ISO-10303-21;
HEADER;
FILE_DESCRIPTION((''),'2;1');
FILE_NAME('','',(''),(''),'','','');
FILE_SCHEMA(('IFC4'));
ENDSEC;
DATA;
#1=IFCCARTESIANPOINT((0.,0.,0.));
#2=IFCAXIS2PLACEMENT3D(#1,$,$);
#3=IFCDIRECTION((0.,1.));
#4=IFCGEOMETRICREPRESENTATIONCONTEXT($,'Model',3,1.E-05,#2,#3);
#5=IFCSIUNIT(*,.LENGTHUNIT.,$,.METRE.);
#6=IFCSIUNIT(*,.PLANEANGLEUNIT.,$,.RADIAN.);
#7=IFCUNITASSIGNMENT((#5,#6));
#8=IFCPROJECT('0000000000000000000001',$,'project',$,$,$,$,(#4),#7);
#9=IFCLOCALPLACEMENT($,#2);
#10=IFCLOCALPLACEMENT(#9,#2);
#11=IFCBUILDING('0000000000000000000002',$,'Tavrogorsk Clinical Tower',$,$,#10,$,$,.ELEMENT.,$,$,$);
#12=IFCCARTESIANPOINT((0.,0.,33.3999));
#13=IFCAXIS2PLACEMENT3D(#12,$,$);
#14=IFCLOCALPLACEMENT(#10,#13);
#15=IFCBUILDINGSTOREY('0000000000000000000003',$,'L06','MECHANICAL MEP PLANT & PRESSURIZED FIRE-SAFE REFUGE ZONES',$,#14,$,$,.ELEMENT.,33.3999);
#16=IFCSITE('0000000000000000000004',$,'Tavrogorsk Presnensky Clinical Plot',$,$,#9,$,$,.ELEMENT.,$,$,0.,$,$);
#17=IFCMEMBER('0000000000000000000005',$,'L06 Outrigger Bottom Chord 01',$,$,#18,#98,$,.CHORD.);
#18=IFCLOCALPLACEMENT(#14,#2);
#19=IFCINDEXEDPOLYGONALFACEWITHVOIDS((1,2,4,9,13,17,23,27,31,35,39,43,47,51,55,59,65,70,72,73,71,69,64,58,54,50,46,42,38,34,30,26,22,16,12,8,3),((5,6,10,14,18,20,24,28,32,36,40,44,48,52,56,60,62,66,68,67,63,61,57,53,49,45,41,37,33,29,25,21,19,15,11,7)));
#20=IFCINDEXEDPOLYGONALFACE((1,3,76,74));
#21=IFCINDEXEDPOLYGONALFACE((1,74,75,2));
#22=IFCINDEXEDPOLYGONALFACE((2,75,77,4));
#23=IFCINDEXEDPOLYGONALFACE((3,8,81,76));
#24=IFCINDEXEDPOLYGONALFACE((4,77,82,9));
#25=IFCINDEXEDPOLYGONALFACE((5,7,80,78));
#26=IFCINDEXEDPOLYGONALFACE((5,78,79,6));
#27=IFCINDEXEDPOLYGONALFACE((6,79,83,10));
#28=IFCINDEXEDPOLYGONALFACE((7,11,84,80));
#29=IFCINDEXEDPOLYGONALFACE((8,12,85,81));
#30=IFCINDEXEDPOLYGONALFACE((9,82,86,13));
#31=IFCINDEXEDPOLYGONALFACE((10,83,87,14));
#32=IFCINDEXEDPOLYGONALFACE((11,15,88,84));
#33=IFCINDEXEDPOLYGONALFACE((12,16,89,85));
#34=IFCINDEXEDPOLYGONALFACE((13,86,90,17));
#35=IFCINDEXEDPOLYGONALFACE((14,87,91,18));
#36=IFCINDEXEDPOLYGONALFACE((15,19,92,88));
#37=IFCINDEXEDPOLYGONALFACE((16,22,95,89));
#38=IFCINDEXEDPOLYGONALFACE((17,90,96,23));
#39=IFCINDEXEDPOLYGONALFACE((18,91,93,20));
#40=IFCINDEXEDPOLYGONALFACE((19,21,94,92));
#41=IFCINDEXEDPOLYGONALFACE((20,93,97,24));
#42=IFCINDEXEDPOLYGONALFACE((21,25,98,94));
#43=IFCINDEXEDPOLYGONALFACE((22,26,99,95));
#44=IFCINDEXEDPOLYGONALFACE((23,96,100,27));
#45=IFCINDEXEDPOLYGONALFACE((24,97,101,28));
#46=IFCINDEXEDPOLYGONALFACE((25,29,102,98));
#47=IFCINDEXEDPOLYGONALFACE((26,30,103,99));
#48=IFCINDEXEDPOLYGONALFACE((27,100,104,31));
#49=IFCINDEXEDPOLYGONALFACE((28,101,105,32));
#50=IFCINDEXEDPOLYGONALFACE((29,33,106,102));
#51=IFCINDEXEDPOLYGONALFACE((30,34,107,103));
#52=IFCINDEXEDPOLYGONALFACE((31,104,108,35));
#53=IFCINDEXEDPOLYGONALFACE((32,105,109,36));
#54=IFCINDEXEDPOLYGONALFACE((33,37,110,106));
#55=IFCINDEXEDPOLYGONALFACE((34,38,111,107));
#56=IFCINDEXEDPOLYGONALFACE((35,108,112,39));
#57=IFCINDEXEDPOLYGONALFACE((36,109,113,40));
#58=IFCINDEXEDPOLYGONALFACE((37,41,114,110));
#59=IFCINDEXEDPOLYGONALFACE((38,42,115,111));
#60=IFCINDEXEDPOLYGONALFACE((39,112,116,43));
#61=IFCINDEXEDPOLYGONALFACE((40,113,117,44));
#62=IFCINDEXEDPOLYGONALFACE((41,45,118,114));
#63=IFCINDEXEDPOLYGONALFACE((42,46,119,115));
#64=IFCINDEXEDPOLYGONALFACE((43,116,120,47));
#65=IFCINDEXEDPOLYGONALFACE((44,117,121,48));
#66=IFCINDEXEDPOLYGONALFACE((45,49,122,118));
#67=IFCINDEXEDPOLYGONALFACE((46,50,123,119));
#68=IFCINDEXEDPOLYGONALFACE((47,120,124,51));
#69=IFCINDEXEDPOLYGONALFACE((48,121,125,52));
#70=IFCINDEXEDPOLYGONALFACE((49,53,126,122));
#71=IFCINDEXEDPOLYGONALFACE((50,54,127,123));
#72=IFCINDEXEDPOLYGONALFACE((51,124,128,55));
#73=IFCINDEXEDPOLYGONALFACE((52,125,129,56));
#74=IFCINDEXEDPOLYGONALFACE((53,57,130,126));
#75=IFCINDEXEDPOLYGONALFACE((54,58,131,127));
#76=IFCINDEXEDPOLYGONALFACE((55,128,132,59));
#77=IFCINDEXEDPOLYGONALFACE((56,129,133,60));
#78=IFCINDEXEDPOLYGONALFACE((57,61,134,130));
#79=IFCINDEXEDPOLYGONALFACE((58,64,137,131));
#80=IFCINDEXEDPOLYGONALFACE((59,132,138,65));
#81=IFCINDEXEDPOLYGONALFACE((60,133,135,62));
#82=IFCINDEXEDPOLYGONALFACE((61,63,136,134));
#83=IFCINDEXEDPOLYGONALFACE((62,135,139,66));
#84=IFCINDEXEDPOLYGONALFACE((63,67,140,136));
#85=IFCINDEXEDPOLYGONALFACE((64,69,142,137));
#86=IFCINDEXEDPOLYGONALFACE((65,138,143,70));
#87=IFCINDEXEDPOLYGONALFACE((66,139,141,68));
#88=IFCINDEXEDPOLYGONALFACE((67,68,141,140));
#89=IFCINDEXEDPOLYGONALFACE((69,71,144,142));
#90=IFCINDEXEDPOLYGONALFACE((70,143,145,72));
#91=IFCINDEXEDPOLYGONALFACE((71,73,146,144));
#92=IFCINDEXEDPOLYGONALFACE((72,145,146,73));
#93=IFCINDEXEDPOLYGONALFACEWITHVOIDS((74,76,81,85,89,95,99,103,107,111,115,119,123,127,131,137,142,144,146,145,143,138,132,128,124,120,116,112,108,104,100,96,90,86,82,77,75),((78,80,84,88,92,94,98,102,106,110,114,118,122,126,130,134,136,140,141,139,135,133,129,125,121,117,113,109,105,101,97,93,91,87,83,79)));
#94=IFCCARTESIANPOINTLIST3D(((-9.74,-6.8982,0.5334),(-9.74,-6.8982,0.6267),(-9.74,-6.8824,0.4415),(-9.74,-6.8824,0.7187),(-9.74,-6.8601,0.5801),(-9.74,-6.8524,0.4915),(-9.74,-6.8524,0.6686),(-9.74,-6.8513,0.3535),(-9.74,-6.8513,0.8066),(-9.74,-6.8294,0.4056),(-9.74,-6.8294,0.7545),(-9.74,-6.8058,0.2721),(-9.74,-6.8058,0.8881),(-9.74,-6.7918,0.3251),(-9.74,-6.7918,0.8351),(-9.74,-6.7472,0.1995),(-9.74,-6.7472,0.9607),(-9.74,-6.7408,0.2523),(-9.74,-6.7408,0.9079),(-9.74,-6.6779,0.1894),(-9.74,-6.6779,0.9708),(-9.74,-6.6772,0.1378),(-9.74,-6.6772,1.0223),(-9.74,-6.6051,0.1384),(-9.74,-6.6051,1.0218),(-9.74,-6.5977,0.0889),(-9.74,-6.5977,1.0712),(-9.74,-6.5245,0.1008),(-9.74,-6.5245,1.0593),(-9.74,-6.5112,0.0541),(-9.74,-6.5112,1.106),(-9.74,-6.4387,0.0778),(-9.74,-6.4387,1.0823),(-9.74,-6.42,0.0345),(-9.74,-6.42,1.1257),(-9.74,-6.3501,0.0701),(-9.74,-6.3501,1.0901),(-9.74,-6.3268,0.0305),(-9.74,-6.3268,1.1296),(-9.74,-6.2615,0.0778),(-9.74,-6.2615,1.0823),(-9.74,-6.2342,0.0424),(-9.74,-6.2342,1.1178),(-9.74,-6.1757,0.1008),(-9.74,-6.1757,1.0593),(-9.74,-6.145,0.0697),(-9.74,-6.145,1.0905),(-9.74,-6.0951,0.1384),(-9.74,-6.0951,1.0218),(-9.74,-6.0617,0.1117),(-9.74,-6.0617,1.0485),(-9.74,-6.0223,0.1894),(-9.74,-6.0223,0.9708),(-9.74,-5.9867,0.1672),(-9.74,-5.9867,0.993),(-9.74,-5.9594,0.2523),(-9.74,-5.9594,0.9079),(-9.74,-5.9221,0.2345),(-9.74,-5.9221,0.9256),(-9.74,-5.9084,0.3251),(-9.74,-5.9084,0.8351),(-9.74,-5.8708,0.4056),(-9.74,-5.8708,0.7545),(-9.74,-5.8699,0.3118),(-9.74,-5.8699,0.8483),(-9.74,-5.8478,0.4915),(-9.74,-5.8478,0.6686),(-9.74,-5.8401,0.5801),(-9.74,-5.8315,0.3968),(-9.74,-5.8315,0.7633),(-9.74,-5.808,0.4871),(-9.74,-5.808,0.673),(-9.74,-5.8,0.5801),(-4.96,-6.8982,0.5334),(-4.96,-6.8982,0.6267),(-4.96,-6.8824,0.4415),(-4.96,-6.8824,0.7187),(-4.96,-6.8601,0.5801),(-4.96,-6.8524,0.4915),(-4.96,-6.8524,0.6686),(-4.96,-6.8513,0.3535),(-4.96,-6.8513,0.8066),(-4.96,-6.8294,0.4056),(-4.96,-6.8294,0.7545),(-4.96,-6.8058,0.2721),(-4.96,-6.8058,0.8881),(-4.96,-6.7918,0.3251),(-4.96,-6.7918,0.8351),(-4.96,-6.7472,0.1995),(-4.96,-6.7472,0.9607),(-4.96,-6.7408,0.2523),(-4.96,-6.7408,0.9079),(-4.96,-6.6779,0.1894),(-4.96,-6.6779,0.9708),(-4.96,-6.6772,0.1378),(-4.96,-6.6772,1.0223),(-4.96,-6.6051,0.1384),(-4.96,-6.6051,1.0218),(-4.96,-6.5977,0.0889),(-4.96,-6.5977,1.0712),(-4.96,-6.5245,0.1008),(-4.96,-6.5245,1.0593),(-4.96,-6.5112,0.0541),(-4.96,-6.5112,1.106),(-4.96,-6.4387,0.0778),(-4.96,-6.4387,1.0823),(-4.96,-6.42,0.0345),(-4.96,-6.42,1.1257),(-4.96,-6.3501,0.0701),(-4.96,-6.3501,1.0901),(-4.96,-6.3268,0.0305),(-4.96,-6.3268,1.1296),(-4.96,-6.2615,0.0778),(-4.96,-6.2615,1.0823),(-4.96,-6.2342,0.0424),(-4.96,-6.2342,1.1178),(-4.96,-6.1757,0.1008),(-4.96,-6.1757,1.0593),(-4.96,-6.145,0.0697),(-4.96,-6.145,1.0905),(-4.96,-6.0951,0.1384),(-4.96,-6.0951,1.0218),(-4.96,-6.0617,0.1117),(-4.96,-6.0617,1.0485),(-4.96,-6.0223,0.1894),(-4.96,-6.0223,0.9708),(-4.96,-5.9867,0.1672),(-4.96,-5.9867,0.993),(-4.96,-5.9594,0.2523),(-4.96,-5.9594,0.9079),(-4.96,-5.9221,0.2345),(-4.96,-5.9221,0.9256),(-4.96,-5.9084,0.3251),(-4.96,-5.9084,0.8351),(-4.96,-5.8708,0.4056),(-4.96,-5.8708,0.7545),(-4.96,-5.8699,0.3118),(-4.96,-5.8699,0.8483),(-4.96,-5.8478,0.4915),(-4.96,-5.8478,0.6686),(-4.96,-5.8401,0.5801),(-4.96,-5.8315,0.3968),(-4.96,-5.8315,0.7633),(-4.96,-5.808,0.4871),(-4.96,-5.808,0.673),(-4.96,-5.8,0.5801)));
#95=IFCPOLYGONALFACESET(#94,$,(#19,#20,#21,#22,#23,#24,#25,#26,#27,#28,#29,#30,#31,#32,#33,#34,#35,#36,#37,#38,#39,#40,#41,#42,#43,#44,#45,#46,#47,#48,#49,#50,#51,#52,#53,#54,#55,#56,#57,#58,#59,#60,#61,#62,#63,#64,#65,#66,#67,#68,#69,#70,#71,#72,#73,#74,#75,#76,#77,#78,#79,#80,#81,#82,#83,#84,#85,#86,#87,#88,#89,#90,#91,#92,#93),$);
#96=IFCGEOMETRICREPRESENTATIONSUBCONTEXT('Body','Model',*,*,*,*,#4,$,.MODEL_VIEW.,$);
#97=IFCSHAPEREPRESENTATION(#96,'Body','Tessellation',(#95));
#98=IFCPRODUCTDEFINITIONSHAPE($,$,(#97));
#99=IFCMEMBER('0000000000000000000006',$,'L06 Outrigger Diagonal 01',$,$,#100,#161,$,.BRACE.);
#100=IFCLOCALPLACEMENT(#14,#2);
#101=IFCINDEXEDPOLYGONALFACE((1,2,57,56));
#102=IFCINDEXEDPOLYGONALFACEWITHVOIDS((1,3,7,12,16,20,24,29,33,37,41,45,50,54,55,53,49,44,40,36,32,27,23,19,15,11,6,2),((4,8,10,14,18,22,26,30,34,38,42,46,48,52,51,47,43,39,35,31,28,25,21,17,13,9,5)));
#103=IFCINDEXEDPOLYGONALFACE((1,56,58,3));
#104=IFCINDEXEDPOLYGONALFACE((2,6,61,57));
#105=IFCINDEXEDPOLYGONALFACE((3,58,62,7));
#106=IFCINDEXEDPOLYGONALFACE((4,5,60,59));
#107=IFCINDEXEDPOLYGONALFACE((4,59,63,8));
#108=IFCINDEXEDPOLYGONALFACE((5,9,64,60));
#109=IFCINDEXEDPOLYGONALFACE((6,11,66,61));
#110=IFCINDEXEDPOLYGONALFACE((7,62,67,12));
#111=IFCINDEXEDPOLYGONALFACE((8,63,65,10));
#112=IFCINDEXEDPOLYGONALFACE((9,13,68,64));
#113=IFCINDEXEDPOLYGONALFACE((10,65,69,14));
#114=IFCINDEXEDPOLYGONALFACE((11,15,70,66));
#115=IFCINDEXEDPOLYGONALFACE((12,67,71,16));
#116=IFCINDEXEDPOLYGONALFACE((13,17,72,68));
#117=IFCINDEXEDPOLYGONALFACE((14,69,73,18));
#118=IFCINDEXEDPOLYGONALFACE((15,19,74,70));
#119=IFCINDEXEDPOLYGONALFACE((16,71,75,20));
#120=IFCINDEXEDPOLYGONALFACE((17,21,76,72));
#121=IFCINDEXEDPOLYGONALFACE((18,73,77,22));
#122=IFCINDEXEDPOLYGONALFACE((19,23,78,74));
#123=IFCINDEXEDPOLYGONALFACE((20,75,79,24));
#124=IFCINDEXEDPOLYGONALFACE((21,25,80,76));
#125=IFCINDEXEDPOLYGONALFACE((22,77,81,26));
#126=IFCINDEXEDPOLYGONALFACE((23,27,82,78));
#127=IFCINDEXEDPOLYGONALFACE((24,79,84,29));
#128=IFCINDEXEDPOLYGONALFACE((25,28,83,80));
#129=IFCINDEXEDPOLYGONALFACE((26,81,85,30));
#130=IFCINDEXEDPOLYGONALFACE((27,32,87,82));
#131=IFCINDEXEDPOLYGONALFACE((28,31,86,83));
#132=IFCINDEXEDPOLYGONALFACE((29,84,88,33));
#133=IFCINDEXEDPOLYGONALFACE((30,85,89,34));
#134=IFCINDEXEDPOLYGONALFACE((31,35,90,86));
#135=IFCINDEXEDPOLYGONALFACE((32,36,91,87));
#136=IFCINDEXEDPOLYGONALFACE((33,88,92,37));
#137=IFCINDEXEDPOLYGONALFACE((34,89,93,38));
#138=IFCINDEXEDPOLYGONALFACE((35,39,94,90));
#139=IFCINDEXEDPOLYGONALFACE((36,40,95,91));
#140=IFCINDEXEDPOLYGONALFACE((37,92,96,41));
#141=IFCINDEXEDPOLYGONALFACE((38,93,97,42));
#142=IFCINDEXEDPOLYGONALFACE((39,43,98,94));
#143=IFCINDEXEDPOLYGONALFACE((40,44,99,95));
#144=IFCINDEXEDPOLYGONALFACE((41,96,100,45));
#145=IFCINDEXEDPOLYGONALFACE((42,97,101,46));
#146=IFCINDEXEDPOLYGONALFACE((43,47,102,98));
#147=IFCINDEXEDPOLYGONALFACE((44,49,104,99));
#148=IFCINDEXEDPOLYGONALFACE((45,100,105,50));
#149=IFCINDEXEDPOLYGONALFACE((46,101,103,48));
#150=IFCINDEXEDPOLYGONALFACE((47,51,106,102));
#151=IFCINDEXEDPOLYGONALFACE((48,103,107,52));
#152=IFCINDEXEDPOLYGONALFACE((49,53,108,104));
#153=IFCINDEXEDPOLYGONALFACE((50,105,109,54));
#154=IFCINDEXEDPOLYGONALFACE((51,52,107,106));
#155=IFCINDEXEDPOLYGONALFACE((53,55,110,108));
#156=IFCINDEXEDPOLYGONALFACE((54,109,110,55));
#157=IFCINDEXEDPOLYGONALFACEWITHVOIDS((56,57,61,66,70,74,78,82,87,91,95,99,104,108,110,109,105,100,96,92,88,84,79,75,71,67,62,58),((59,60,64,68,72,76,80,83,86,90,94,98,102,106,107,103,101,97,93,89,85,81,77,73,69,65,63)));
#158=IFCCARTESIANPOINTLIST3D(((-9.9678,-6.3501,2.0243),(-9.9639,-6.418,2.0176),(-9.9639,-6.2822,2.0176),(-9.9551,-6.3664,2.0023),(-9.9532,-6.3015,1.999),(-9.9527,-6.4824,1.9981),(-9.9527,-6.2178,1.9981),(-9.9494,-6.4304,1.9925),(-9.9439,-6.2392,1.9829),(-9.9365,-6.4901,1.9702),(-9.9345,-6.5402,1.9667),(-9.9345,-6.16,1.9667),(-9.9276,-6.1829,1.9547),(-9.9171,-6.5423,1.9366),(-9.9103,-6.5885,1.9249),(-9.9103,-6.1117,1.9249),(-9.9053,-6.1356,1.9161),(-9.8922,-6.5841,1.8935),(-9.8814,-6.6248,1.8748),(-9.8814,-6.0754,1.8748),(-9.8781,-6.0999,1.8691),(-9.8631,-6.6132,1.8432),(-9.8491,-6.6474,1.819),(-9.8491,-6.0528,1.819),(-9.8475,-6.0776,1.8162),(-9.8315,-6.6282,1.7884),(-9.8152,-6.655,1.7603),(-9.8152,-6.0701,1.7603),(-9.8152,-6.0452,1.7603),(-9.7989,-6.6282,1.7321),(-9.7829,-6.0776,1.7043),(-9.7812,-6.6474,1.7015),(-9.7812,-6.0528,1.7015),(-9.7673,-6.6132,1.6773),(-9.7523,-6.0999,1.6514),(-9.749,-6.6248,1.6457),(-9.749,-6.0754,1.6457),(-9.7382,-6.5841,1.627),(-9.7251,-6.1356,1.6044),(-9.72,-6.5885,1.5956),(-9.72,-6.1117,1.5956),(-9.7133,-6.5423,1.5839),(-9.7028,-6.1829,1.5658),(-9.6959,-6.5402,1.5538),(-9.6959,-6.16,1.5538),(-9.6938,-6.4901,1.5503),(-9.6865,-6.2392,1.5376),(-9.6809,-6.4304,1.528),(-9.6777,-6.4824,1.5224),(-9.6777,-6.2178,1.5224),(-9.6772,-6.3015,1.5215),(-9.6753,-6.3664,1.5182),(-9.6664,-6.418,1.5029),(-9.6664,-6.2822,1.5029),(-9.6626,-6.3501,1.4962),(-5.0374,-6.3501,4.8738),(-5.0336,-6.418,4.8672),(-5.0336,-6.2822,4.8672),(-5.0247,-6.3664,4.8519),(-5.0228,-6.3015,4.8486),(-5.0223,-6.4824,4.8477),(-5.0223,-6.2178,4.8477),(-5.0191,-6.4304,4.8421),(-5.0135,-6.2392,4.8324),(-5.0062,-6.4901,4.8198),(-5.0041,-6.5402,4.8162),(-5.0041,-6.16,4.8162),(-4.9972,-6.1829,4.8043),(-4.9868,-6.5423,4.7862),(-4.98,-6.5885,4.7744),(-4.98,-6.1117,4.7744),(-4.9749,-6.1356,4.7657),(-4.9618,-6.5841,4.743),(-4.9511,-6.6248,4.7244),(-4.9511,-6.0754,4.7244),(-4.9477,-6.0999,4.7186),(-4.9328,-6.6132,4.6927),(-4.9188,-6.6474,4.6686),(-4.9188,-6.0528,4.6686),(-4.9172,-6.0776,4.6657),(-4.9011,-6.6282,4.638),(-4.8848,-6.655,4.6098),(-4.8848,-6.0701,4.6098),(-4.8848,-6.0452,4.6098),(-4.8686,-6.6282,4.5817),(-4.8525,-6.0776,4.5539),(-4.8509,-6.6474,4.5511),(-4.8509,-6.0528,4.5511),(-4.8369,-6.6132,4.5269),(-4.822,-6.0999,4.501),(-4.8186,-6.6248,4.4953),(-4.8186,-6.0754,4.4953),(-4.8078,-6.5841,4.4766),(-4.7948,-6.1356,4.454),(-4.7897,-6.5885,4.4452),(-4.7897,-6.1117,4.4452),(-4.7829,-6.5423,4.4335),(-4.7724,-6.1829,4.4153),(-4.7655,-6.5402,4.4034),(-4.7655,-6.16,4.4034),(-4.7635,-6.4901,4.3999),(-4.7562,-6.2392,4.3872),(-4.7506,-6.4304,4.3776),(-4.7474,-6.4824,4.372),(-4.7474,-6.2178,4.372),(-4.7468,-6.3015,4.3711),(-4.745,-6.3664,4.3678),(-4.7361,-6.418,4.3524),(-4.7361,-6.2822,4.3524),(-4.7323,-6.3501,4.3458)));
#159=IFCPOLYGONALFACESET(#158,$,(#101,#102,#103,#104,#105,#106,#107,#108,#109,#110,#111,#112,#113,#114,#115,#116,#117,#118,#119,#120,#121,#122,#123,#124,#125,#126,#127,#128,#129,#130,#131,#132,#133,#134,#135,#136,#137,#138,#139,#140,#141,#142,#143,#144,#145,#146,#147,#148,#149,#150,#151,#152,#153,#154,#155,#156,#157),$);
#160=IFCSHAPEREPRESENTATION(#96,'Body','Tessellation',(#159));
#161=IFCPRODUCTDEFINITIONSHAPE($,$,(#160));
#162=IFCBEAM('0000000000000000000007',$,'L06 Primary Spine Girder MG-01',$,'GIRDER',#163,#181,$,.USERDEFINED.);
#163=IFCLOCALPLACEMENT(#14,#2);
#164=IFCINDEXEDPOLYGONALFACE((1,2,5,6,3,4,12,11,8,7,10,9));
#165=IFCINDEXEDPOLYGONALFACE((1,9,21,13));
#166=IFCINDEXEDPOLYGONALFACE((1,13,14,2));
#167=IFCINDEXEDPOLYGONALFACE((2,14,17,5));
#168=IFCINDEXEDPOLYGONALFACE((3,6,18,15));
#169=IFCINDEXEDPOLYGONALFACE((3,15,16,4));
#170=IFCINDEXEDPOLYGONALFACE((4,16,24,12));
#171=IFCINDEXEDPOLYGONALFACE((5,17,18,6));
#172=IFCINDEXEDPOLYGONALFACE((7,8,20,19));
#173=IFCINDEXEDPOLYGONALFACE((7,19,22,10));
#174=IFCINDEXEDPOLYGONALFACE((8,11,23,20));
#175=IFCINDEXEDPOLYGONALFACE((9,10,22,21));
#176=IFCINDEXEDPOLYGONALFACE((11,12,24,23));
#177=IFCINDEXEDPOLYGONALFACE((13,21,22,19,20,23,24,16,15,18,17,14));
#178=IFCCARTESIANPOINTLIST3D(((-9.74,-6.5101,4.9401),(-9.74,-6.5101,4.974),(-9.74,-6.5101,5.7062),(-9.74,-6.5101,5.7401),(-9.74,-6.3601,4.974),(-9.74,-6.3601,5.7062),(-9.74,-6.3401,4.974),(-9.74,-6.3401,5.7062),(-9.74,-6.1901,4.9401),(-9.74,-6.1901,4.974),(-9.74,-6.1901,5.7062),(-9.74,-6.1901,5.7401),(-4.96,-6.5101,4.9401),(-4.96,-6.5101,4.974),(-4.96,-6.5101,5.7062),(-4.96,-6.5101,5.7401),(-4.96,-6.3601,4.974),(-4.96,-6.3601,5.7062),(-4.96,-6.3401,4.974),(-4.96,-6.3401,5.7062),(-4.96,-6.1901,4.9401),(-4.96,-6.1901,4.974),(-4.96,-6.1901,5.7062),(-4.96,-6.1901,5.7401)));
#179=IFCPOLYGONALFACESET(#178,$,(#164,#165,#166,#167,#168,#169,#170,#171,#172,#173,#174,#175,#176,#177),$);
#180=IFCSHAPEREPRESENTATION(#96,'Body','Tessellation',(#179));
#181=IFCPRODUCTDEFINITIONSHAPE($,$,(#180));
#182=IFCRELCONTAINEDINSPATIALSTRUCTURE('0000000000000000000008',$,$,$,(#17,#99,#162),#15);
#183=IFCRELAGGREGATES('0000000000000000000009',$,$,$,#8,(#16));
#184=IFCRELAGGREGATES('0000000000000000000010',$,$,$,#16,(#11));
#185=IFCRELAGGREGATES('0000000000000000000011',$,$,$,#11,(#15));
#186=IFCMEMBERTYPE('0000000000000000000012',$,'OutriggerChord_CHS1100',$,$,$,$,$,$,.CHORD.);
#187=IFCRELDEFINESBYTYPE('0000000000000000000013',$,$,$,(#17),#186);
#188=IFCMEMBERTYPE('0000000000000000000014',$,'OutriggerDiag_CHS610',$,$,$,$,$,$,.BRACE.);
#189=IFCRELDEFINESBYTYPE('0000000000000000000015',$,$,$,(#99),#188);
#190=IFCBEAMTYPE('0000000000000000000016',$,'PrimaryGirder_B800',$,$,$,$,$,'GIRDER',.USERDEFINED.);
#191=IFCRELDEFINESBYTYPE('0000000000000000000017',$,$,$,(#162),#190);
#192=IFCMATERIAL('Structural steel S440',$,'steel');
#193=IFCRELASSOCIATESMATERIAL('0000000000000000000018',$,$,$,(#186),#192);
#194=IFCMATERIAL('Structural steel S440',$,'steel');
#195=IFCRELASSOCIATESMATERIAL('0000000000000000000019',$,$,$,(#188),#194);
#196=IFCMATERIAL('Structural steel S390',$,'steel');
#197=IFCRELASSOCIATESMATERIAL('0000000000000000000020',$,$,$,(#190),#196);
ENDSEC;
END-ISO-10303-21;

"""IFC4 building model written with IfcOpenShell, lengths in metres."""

from ifc_helpers import new_model, si_unit, direction, frame, origin, origin_2d, place, context, subcontext, project, spatial, hollow_circle, i_section, extrude, material, material_profile, profile_set, type_object, element, save


model = new_model("IFC4")

# Units and contexts
model_context = context("Model", 3, precision=1e-05, world=origin(), true_north=direction((0.0, 1.0)))
body_context = subcontext(model_context, "Body", "Model", "MODEL_VIEW")
ifc_project = project(units=[si_unit("LENGTHUNIT", "METRE"), si_unit("PLANEANGLEUNIT", "RADIAN")], contexts=[model_context])

# Site, building, storey
site_placement = place(None, origin())
site = spatial("IfcSite", under=ifc_project, at=site_placement, Name="Tavrogorsk Presnensky Clinical Plot", CompositionType="ELEMENT", RefElevation=0.0)
building_placement = place(site_placement, origin())
building = spatial("IfcBuilding", under=site, at=building_placement, Name="Tavrogorsk Clinical Tower", CompositionType="ELEMENT")
storey_placement = place(building_placement, frame((0.0, 0.0, 33.3999)))
storey = spatial("IfcBuildingStorey", under=building, at=storey_placement, Name="L06", Description="MECHANICAL MEP PLANT & PRESSURIZED FIRE-SAFE REFUGE ZONES", CompositionType="ELEMENT", Elevation=33.3999)

# Members
ifc_material_1 = material(Name="Structural steel S440", Category="steel")
ifc_material_profile_1 = material_profile(ifc_material_1, hollow_circle(Radius=0.55, WallThickness=0.04, at=origin_2d()), Name="CHS-1100x40")
ifc_profile_set_1 = profile_set([ifc_material_profile_1], Name="Structural steel S440")
member_type_1 = type_object("IfcMemberType", Name="OutriggerChord_CHS1100", PredefinedType="CHORD", material=ifc_profile_set_1)
member_1_placement = place(storey_placement, frame((-9.74, -6.3501, 0.5801), z_axis=(1.0, 0.0, 0.0), x_axis=(0.0, 1.0, 0.0)))
element("IfcMember", 1, at=member_1_placement, inside=storey, type_object=member_type_1, Name="L06 Outrigger Bottom Chord 01", PredefinedType="CHORD", context=body_context, shape_type="SweptSolid", body=[
    extrude(hollow_circle(Radius=0.55, WallThickness=0.04, at=origin_2d()), origin(), (0.0, 0.0, 1.0), 4.78),
])
ifc_material_2 = material(Name="Structural steel S440", Category="steel")
ifc_material_profile_2 = material_profile(ifc_material_2, hollow_circle(Radius=0.3049, WallThickness=0.0249, at=origin_2d()), Name="CHS-610x25")
ifc_profile_set_2 = profile_set([ifc_material_profile_2], Name="Structural steel S440")
member_type_2 = type_object("IfcMemberType", Name="OutriggerDiag_CHS610", PredefinedType="BRACE", material=ifc_profile_set_2)
member_2_placement = place(storey_placement, frame((-9.8152, -6.3501, 1.7603), z_axis=(0.865795, 0.0, 0.500399), x_axis=(0.0, 1.0, 0.0)))
element("IfcMember", 2, at=member_2_placement, inside=storey, type_object=member_type_2, Name="L06 Outrigger Diagonal 01", PredefinedType="BRACE", context=body_context, shape_type="SweptSolid", body=[
    extrude(hollow_circle(Radius=0.3049, WallThickness=0.0249, at=origin_2d()), origin(), (0.0, 0.0, 1.0), 5.6946),
])

# Beam
ifc_material_3 = material(Name="Structural steel S390", Category="steel")
ifc_material_profile_3 = material_profile(ifc_material_3, i_section(OverallWidth=0.3201, OverallDepth=0.8, WebThickness=0.02, FlangeThickness=0.0339, at=origin_2d()), Name="B-800x320x20x34")
ifc_profile_set_3 = profile_set([ifc_material_profile_3], Name="Structural steel S390")
beam_type_1 = type_object("IfcBeamType", Name="PrimaryGirder_B800", ElementType="GIRDER", PredefinedType="USERDEFINED", material=ifc_profile_set_3)
beam_1_placement = place(storey_placement, frame((-9.74, -6.3501, 5.3401), z_axis=(1.0, 0.0, 0.0), x_axis=(0.0, 1.0, 0.0)))
element("IfcBeam", 3, at=beam_1_placement, inside=storey, type_object=beam_type_1, Name="L06 Primary Spine Girder MG-01", ObjectType="GIRDER", PredefinedType="USERDEFINED", context=body_context, shape_type="SweptSolid", body=[
    extrude(i_section(OverallWidth=0.3201, OverallDepth=0.8, WebThickness=0.02, FlangeThickness=0.0339, at=origin_2d()), origin(), (0.0, 0.0, 1.0), 4.78),
])

save(model, "model.ifc")
